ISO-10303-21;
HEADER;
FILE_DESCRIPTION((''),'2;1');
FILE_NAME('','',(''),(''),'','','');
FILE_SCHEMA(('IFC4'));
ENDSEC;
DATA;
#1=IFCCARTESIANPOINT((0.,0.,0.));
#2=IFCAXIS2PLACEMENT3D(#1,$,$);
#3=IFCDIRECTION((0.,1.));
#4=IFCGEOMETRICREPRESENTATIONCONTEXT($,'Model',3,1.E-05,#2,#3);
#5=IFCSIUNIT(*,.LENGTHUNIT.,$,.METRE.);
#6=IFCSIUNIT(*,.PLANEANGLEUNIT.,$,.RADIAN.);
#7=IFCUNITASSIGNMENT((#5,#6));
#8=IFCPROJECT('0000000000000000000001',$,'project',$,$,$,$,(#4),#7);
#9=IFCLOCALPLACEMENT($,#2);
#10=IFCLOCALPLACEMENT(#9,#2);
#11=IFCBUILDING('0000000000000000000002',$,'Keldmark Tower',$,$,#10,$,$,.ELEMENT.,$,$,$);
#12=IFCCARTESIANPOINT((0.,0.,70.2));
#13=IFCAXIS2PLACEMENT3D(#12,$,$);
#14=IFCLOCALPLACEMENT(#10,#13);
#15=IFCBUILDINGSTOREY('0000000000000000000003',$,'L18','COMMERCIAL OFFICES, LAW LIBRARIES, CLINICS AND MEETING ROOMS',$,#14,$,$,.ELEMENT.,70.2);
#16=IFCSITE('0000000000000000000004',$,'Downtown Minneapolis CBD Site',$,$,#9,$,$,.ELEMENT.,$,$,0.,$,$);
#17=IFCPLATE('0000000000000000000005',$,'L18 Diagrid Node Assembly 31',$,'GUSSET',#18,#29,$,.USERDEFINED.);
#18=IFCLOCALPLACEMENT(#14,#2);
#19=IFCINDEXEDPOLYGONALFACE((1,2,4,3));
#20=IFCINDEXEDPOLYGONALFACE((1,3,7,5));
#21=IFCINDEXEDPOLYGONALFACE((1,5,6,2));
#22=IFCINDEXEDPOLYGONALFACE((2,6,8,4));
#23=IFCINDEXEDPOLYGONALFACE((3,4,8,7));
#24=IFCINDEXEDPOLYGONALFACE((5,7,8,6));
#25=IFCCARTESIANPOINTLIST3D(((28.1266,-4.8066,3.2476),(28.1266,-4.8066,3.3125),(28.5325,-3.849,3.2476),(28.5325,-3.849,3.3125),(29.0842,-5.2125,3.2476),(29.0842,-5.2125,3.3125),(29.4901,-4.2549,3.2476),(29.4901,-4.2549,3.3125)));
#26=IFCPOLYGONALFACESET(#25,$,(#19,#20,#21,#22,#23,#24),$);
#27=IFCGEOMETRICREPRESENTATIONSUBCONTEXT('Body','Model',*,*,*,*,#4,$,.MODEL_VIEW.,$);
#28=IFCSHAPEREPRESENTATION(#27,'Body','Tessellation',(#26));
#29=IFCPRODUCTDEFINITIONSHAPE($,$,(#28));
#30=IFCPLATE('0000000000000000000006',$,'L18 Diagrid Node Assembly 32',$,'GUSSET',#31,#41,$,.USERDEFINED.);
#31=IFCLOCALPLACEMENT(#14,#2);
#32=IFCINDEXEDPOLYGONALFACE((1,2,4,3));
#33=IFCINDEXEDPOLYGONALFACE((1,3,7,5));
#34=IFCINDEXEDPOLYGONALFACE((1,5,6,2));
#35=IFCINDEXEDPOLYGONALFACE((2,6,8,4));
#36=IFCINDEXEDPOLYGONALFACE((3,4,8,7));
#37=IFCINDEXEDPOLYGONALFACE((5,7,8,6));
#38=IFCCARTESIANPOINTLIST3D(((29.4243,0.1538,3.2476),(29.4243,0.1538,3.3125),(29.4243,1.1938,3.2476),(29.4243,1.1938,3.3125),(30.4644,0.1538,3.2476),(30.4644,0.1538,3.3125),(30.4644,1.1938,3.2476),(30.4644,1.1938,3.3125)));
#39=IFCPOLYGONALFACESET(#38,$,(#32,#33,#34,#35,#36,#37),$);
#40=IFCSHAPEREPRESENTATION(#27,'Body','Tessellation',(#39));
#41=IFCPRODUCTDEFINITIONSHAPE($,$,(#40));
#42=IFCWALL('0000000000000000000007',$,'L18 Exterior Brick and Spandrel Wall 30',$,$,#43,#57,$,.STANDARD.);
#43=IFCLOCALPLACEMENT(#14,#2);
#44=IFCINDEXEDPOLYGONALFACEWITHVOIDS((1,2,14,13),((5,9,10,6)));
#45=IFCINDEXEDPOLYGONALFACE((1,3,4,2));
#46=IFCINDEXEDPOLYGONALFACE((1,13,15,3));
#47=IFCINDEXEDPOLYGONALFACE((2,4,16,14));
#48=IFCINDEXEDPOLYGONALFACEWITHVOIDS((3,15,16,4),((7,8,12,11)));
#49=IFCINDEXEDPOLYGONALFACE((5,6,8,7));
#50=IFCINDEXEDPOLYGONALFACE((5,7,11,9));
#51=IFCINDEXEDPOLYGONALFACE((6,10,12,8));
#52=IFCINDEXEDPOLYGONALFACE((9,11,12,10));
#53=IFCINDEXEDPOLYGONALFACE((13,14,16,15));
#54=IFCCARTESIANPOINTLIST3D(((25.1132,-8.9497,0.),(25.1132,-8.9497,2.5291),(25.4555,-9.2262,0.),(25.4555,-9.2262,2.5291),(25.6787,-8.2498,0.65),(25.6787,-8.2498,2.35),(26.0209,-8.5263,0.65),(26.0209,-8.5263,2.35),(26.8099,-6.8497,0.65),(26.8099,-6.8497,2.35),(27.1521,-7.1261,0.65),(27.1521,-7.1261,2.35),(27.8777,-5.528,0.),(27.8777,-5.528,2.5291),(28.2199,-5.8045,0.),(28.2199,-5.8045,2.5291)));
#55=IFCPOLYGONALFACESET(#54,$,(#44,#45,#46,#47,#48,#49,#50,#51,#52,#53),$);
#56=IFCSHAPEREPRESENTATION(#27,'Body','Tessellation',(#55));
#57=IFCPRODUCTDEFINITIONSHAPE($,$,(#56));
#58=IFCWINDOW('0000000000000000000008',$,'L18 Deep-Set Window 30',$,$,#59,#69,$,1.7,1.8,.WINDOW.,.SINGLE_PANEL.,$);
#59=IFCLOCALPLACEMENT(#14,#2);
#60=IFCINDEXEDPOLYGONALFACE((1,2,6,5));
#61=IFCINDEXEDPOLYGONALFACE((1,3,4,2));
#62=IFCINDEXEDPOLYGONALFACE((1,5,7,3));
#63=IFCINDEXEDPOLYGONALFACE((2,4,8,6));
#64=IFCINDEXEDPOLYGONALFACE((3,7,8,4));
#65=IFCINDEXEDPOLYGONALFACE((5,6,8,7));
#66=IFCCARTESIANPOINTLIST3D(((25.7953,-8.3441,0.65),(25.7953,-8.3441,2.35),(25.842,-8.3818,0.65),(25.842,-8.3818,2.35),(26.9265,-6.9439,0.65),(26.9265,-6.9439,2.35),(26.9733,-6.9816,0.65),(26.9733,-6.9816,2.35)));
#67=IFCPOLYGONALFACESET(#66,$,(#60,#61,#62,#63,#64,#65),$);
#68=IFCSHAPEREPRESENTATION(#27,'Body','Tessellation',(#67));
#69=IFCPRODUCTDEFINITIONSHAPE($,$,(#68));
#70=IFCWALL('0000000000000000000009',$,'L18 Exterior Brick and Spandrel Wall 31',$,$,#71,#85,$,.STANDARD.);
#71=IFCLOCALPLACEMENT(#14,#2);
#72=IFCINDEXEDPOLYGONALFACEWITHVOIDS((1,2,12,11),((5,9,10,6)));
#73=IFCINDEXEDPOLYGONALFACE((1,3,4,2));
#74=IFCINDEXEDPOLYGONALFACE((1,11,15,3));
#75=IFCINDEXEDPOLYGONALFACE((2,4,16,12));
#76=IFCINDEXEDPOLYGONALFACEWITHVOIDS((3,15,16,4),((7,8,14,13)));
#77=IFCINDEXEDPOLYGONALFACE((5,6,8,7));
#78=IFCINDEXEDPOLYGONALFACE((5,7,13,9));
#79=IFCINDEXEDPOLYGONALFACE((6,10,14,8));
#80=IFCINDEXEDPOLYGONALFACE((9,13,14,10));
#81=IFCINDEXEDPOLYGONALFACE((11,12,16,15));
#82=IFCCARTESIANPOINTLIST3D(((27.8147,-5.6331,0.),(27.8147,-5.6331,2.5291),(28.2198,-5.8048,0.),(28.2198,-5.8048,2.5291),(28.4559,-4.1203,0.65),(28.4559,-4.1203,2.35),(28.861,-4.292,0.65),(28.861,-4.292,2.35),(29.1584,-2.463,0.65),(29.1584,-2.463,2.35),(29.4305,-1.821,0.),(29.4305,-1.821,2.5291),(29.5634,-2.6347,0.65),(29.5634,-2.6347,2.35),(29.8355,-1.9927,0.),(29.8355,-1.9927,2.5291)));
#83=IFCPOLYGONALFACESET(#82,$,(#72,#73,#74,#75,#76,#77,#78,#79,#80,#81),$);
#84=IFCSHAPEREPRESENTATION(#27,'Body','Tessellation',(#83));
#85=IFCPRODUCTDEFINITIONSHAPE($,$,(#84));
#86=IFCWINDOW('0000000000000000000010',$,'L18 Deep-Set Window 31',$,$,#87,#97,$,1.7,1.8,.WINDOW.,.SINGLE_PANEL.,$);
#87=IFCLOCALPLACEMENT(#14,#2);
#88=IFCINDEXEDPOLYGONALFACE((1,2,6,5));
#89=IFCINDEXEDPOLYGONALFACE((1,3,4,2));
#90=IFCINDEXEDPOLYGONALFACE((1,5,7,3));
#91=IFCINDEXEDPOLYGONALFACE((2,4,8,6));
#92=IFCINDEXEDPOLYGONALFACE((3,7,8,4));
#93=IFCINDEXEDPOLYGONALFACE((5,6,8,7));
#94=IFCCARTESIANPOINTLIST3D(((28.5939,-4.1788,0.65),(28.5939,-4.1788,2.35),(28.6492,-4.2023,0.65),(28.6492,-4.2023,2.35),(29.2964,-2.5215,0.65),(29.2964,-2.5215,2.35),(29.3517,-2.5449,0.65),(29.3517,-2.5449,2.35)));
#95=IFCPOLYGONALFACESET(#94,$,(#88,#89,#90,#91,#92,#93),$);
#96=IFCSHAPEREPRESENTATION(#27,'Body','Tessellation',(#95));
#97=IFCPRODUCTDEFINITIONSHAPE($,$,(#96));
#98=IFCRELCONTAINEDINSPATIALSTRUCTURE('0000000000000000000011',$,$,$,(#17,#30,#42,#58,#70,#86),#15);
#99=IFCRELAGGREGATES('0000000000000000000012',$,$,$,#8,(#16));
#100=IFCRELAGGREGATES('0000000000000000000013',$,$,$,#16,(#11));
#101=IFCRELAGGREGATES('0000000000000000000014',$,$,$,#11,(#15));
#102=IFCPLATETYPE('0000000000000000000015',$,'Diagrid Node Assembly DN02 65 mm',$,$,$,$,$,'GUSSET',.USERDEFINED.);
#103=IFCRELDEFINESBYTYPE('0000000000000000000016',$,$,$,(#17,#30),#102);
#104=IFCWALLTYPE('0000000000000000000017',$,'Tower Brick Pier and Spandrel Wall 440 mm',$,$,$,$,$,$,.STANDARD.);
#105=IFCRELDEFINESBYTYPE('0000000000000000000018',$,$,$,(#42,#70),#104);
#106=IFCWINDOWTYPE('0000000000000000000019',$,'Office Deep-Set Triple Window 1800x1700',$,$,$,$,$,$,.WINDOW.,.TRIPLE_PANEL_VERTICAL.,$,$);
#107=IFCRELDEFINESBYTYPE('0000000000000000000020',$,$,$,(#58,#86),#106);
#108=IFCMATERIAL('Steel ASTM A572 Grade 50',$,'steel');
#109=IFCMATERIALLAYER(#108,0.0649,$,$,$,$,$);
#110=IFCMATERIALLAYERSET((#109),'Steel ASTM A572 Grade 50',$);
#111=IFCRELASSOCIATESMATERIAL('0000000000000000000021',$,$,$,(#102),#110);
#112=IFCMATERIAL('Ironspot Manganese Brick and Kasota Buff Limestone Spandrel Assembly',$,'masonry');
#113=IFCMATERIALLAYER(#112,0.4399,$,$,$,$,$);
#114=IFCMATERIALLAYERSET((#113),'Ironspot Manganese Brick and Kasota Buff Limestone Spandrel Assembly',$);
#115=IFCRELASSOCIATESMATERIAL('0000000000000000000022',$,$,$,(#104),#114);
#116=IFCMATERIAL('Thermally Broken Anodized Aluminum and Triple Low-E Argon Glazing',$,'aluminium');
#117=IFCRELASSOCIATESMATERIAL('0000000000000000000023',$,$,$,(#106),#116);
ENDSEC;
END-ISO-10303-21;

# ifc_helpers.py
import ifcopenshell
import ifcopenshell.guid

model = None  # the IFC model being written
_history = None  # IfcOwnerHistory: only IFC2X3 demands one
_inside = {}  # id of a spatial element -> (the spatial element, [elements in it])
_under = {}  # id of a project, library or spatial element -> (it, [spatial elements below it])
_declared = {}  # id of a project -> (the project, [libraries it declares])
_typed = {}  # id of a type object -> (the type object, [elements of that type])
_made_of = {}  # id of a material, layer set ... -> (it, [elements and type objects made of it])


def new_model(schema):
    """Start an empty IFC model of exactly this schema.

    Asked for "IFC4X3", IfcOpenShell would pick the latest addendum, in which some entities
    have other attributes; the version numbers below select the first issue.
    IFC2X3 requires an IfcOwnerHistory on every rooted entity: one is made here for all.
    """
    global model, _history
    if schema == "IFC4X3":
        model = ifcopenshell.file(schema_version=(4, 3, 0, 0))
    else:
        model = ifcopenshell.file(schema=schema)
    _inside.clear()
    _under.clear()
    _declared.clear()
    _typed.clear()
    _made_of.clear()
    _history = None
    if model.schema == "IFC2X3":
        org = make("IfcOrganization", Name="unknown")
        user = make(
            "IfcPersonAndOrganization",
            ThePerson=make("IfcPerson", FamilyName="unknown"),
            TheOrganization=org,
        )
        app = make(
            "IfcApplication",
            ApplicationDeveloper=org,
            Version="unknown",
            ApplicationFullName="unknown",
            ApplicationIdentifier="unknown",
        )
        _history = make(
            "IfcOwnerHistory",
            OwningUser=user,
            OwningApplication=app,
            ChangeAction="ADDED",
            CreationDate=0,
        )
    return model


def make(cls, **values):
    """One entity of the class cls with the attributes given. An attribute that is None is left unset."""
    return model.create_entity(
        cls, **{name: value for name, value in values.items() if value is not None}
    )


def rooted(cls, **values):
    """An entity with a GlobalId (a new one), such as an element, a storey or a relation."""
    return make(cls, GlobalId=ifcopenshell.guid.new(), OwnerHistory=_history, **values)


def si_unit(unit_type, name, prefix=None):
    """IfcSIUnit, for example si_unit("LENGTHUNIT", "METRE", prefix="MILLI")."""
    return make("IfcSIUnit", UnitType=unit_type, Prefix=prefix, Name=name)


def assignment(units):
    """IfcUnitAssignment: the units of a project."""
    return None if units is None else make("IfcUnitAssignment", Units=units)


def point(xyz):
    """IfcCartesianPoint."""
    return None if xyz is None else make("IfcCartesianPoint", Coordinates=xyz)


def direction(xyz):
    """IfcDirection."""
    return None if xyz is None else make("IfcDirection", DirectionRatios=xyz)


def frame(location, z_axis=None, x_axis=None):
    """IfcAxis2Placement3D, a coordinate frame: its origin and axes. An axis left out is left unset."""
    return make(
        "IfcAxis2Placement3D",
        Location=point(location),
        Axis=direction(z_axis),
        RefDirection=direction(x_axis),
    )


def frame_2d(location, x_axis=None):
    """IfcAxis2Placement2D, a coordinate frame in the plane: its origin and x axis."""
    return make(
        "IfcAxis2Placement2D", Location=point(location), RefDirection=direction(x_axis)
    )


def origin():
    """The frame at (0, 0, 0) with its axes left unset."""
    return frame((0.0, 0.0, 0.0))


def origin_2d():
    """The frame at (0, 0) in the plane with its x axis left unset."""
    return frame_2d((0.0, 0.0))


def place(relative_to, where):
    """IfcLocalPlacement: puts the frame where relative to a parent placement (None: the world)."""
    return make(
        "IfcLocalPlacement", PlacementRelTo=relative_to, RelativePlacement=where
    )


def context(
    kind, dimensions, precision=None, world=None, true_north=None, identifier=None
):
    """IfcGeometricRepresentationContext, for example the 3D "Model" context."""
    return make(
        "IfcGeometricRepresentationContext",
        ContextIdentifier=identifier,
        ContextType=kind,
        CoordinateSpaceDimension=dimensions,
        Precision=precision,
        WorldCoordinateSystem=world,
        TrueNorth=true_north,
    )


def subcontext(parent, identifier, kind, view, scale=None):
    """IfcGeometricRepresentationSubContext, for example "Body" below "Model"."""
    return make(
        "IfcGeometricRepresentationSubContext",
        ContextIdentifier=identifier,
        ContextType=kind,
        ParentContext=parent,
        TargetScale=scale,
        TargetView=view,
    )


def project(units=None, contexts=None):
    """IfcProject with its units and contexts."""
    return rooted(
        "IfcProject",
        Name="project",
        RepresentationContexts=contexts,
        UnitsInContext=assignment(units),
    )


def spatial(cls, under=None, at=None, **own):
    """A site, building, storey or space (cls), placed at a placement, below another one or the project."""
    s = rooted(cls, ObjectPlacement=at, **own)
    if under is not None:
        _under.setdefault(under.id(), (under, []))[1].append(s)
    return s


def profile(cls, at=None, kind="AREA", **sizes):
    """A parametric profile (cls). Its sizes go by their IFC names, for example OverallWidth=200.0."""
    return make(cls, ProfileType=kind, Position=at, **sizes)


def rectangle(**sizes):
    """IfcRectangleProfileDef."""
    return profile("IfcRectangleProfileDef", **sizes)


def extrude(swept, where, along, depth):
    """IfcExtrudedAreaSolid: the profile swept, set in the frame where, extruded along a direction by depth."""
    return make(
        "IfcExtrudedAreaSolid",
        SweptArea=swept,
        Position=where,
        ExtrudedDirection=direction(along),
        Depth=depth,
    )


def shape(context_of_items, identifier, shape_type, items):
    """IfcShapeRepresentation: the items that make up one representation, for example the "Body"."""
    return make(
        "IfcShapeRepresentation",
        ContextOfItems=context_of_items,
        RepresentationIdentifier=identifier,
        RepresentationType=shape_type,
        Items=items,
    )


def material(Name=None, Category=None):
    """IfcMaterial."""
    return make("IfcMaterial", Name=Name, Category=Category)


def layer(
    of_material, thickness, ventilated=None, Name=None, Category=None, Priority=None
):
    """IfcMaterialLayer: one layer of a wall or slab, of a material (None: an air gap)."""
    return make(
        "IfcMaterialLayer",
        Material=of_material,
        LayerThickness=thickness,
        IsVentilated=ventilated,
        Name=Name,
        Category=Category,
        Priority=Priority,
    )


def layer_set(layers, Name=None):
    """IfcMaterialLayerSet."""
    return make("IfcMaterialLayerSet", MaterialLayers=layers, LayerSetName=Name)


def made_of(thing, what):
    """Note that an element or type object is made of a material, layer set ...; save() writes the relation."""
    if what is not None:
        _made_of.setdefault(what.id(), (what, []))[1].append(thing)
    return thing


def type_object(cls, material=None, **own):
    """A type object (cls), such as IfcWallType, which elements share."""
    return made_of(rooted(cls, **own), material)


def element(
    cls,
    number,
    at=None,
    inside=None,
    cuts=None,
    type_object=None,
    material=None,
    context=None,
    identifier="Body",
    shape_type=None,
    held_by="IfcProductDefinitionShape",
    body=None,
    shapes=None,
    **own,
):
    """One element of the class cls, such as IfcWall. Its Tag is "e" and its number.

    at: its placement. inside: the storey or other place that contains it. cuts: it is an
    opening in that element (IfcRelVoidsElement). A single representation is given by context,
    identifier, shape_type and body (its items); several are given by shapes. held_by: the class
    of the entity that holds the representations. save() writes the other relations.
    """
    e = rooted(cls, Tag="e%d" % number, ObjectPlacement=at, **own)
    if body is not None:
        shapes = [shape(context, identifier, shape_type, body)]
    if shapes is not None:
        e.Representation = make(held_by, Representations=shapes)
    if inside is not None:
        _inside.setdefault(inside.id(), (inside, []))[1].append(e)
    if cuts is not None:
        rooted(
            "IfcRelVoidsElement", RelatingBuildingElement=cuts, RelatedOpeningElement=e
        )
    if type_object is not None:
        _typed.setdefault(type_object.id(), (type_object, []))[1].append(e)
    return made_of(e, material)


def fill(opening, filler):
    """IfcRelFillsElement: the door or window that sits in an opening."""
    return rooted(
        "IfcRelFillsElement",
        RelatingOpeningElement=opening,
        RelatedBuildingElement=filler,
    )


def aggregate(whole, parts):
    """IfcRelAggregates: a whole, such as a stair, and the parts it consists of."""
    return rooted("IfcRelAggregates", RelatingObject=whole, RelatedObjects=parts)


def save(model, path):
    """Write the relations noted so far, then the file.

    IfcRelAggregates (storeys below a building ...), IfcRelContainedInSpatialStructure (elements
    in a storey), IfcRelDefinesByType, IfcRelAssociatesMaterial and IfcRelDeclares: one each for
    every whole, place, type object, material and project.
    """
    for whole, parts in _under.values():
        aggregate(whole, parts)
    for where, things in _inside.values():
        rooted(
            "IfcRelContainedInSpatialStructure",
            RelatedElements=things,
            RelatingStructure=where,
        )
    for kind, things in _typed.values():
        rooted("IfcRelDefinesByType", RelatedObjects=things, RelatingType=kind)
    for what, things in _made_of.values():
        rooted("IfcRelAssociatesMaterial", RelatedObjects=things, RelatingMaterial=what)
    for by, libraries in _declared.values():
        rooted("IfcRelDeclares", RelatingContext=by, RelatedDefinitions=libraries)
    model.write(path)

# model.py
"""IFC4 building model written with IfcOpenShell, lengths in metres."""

from ifc_helpers import new_model, si_unit, direction, frame, frame_2d, origin, origin_2d, place, context, subcontext, project, spatial, rectangle, extrude, material, layer, layer_set, type_object, element, fill, save


model = new_model("IFC4")

# Units and contexts
model_context = context("Model", 3, precision=1e-05, world=origin(), true_north=direction((0.0, 1.0)))
body_context = subcontext(model_context, "Body", "Model", "MODEL_VIEW")
ifc_project = project(units=[si_unit("LENGTHUNIT", "METRE"), si_unit("PLANEANGLEUNIT", "RADIAN")], contexts=[model_context])

# Site, building, storey
site_placement = place(None, origin())
site = spatial("IfcSite", under=ifc_project, at=site_placement, Name="Downtown Minneapolis CBD Site", CompositionType="ELEMENT", RefElevation=0.0)
building_placement = place(site_placement, origin())
building = spatial("IfcBuilding", under=site, at=building_placement, Name="Keldmark Tower", CompositionType="ELEMENT")
storey_placement = place(building_placement, frame((0.0, 0.0, 70.2)))
storey = spatial("IfcBuildingStorey", under=building, at=storey_placement, Name="L18", Description="COMMERCIAL OFFICES, LAW LIBRARIES, CLINICS AND MEETING ROOMS", CompositionType="ELEMENT", Elevation=70.2)

# Plates
ifc_material_1 = material(Name="Steel ASTM A572 Grade 50", Category="steel")
ifc_layer_1 = layer(ifc_material_1, 0.0649)
ifc_layer_set_1 = layer_set([ifc_layer_1], Name="Steel ASTM A572 Grade 50")
plate_type_1 = type_object("IfcPlateType", Name="Diagrid Node Assembly DN02 65 mm", ElementType="GUSSET", PredefinedType="USERDEFINED", material=ifc_layer_set_1)
for number, where, z_axis, x_axis, name in (
    (1, (28.8083, -4.5308, 3.2476), (0.0, 0.0, 1.0), (0.390249, 0.920709, 0.0), "L18 Diagrid Node Assembly 31"),
    (2, (29.9443, 0.6738, 3.2476), (0.0, 0.0, 1.0), (0.0, 1.0, 0.0), "L18 Diagrid Node Assembly 32"),
):
    element("IfcPlate", number, at=place(storey_placement, frame(where, z_axis=z_axis, x_axis=x_axis)), inside=storey, type_object=plate_type_1, Name=name, ObjectType="GUSSET", PredefinedType="USERDEFINED", context=body_context, shape_type="SweptSolid", body=[
        extrude(rectangle(XDim=1.04, YDim=1.04, at=origin_2d()), origin(), (0.0, 0.0, 1.0), 0.0649),
    ])

# Walls, openings, windows
ifc_material_2 = material(Name="Ironspot Manganese Brick and Kasota Buff Limestone Spandrel Assembly", Category="masonry")
ifc_layer_2 = layer(ifc_material_2, 0.4399)
ifc_layer_set_2 = layer_set([ifc_layer_2], Name="Ironspot Manganese Brick and Kasota Buff Limestone Spandrel Assembly")
wall_type_1 = type_object("IfcWallType", Name="Tower Brick Pier and Spandrel Wall 440 mm", PredefinedType="STANDARD", material=ifc_layer_set_2)
wall_1_placement = place(storey_placement, frame((28.0488, -5.6663, 0.0), z_axis=(0.0, 0.0, 1.0), x_axis=(-0.628444, -0.777855, 0.0)))
wall_1 = element("IfcWall", 3, at=wall_1_placement, inside=storey, type_object=wall_type_1, Name="L18 Exterior Brick and Spandrel Wall 30", PredefinedType="STANDARD", context=body_context, shape_type="SweptSolid", body=[
    extrude(rectangle(XDim=4.3989, YDim=0.4399, at=frame_2d((2.1995, 0.0))), origin(), (0.0, 0.0, 1.0), 2.5291),
])
opening_1_placement = place(wall_1_placement, frame((1.6992, 0.0, 0.6499)))
opening_1 = element("IfcOpeningElement", 4, at=opening_1_placement, cuts=wall_1, PredefinedType="OPENING", context=body_context, shape_type="SweptSolid", body=[
    extrude(rectangle(XDim=1.8, YDim=1.7, at=frame_2d((0.8999, 0.8501))), frame((0.0, 0.23, 0.0), z_axis=(0.0, -1.0, 0.0), x_axis=(1.0, 0.0, 0.0)), (0.0, 0.0, 1.0), 0.46),
])
ifc_material_3 = material(Name="Thermally Broken Anodized Aluminum and Triple Low-E Argon Glazing", Category="aluminium")
window_type = type_object("IfcWindowType", Name="Office Deep-Set Triple Window 1800x1700", PartitioningType="TRIPLE_PANEL_VERTICAL", PredefinedType="WINDOW", material=ifc_material_3)
window_1_placement = place(opening_1_placement, origin())
window_1 = element("IfcWindow", 5, at=window_1_placement, inside=storey, type_object=window_type, Name="L18 Deep-Set Window 30", OverallHeight=1.7, OverallWidth=1.8, PartitioningType="SINGLE_PANEL", PredefinedType="WINDOW", context=body_context, shape_type="SweptSolid", body=[
    extrude(rectangle(XDim=1.8, YDim=1.7, at=frame_2d((0.8999, 0.8501))), frame((0.0, -0.01, 0.0), z_axis=(0.0, -1.0, 0.0), x_axis=(1.0, 0.0, 0.0)), (0.0, 0.0, 1.0), 0.0601),
])
fill(opening_1, window_1)
wall_2_placement = place(storey_placement, frame((29.6331, -1.9067, 0.0), z_axis=(0.0, 0.0, 1.0), x_axis=(-0.390244, -0.920712, 0.0)))
wall_2 = element("IfcWall", 6, at=wall_2_placement, inside=storey, type_object=wall_type_1, Name="L18 Exterior Brick and Spandrel Wall 31", PredefinedType="STANDARD", context=body_context, shape_type="SweptSolid", body=[
    extrude(rectangle(XDim=4.1404, YDim=0.4399, at=frame_2d((2.0703, 0.0))), origin(), (0.0, 0.0, 1.0), 2.5291),
])
opening_2_placement = place(wall_2_placement, frame((0.6975, 0.0, 0.6499)))
opening_2 = element("IfcOpeningElement", 7, at=opening_2_placement, cuts=wall_2, PredefinedType="OPENING", context=body_context, shape_type="SweptSolid", body=[
    extrude(rectangle(XDim=1.8, YDim=1.7, at=frame_2d((0.8999, 0.8501))), frame((0.0, 0.23, 0.0), z_axis=(0.0, -1.0, 0.0), x_axis=(1.0, 0.0, 0.0)), (0.0, 0.0, 1.0), 0.46),
])
window_2_placement = place(opening_2_placement, origin())
window_2 = element("IfcWindow", 8, at=window_2_placement, inside=storey, type_object=window_type, Name="L18 Deep-Set Window 31", OverallHeight=1.7, OverallWidth=1.8, PartitioningType="SINGLE_PANEL", PredefinedType="WINDOW", context=body_context, shape_type="SweptSolid", body=[
    extrude(rectangle(XDim=1.8, YDim=1.7, at=frame_2d((0.8999, 0.8501))), frame((0.0, -0.01, 0.0), z_axis=(0.0, -1.0, 0.0), x_axis=(1.0, 0.0, 0.0)), (0.0, 0.0, 1.0), 0.0601),
])
fill(opening_2, window_2)

save(model, "model.ifc")
